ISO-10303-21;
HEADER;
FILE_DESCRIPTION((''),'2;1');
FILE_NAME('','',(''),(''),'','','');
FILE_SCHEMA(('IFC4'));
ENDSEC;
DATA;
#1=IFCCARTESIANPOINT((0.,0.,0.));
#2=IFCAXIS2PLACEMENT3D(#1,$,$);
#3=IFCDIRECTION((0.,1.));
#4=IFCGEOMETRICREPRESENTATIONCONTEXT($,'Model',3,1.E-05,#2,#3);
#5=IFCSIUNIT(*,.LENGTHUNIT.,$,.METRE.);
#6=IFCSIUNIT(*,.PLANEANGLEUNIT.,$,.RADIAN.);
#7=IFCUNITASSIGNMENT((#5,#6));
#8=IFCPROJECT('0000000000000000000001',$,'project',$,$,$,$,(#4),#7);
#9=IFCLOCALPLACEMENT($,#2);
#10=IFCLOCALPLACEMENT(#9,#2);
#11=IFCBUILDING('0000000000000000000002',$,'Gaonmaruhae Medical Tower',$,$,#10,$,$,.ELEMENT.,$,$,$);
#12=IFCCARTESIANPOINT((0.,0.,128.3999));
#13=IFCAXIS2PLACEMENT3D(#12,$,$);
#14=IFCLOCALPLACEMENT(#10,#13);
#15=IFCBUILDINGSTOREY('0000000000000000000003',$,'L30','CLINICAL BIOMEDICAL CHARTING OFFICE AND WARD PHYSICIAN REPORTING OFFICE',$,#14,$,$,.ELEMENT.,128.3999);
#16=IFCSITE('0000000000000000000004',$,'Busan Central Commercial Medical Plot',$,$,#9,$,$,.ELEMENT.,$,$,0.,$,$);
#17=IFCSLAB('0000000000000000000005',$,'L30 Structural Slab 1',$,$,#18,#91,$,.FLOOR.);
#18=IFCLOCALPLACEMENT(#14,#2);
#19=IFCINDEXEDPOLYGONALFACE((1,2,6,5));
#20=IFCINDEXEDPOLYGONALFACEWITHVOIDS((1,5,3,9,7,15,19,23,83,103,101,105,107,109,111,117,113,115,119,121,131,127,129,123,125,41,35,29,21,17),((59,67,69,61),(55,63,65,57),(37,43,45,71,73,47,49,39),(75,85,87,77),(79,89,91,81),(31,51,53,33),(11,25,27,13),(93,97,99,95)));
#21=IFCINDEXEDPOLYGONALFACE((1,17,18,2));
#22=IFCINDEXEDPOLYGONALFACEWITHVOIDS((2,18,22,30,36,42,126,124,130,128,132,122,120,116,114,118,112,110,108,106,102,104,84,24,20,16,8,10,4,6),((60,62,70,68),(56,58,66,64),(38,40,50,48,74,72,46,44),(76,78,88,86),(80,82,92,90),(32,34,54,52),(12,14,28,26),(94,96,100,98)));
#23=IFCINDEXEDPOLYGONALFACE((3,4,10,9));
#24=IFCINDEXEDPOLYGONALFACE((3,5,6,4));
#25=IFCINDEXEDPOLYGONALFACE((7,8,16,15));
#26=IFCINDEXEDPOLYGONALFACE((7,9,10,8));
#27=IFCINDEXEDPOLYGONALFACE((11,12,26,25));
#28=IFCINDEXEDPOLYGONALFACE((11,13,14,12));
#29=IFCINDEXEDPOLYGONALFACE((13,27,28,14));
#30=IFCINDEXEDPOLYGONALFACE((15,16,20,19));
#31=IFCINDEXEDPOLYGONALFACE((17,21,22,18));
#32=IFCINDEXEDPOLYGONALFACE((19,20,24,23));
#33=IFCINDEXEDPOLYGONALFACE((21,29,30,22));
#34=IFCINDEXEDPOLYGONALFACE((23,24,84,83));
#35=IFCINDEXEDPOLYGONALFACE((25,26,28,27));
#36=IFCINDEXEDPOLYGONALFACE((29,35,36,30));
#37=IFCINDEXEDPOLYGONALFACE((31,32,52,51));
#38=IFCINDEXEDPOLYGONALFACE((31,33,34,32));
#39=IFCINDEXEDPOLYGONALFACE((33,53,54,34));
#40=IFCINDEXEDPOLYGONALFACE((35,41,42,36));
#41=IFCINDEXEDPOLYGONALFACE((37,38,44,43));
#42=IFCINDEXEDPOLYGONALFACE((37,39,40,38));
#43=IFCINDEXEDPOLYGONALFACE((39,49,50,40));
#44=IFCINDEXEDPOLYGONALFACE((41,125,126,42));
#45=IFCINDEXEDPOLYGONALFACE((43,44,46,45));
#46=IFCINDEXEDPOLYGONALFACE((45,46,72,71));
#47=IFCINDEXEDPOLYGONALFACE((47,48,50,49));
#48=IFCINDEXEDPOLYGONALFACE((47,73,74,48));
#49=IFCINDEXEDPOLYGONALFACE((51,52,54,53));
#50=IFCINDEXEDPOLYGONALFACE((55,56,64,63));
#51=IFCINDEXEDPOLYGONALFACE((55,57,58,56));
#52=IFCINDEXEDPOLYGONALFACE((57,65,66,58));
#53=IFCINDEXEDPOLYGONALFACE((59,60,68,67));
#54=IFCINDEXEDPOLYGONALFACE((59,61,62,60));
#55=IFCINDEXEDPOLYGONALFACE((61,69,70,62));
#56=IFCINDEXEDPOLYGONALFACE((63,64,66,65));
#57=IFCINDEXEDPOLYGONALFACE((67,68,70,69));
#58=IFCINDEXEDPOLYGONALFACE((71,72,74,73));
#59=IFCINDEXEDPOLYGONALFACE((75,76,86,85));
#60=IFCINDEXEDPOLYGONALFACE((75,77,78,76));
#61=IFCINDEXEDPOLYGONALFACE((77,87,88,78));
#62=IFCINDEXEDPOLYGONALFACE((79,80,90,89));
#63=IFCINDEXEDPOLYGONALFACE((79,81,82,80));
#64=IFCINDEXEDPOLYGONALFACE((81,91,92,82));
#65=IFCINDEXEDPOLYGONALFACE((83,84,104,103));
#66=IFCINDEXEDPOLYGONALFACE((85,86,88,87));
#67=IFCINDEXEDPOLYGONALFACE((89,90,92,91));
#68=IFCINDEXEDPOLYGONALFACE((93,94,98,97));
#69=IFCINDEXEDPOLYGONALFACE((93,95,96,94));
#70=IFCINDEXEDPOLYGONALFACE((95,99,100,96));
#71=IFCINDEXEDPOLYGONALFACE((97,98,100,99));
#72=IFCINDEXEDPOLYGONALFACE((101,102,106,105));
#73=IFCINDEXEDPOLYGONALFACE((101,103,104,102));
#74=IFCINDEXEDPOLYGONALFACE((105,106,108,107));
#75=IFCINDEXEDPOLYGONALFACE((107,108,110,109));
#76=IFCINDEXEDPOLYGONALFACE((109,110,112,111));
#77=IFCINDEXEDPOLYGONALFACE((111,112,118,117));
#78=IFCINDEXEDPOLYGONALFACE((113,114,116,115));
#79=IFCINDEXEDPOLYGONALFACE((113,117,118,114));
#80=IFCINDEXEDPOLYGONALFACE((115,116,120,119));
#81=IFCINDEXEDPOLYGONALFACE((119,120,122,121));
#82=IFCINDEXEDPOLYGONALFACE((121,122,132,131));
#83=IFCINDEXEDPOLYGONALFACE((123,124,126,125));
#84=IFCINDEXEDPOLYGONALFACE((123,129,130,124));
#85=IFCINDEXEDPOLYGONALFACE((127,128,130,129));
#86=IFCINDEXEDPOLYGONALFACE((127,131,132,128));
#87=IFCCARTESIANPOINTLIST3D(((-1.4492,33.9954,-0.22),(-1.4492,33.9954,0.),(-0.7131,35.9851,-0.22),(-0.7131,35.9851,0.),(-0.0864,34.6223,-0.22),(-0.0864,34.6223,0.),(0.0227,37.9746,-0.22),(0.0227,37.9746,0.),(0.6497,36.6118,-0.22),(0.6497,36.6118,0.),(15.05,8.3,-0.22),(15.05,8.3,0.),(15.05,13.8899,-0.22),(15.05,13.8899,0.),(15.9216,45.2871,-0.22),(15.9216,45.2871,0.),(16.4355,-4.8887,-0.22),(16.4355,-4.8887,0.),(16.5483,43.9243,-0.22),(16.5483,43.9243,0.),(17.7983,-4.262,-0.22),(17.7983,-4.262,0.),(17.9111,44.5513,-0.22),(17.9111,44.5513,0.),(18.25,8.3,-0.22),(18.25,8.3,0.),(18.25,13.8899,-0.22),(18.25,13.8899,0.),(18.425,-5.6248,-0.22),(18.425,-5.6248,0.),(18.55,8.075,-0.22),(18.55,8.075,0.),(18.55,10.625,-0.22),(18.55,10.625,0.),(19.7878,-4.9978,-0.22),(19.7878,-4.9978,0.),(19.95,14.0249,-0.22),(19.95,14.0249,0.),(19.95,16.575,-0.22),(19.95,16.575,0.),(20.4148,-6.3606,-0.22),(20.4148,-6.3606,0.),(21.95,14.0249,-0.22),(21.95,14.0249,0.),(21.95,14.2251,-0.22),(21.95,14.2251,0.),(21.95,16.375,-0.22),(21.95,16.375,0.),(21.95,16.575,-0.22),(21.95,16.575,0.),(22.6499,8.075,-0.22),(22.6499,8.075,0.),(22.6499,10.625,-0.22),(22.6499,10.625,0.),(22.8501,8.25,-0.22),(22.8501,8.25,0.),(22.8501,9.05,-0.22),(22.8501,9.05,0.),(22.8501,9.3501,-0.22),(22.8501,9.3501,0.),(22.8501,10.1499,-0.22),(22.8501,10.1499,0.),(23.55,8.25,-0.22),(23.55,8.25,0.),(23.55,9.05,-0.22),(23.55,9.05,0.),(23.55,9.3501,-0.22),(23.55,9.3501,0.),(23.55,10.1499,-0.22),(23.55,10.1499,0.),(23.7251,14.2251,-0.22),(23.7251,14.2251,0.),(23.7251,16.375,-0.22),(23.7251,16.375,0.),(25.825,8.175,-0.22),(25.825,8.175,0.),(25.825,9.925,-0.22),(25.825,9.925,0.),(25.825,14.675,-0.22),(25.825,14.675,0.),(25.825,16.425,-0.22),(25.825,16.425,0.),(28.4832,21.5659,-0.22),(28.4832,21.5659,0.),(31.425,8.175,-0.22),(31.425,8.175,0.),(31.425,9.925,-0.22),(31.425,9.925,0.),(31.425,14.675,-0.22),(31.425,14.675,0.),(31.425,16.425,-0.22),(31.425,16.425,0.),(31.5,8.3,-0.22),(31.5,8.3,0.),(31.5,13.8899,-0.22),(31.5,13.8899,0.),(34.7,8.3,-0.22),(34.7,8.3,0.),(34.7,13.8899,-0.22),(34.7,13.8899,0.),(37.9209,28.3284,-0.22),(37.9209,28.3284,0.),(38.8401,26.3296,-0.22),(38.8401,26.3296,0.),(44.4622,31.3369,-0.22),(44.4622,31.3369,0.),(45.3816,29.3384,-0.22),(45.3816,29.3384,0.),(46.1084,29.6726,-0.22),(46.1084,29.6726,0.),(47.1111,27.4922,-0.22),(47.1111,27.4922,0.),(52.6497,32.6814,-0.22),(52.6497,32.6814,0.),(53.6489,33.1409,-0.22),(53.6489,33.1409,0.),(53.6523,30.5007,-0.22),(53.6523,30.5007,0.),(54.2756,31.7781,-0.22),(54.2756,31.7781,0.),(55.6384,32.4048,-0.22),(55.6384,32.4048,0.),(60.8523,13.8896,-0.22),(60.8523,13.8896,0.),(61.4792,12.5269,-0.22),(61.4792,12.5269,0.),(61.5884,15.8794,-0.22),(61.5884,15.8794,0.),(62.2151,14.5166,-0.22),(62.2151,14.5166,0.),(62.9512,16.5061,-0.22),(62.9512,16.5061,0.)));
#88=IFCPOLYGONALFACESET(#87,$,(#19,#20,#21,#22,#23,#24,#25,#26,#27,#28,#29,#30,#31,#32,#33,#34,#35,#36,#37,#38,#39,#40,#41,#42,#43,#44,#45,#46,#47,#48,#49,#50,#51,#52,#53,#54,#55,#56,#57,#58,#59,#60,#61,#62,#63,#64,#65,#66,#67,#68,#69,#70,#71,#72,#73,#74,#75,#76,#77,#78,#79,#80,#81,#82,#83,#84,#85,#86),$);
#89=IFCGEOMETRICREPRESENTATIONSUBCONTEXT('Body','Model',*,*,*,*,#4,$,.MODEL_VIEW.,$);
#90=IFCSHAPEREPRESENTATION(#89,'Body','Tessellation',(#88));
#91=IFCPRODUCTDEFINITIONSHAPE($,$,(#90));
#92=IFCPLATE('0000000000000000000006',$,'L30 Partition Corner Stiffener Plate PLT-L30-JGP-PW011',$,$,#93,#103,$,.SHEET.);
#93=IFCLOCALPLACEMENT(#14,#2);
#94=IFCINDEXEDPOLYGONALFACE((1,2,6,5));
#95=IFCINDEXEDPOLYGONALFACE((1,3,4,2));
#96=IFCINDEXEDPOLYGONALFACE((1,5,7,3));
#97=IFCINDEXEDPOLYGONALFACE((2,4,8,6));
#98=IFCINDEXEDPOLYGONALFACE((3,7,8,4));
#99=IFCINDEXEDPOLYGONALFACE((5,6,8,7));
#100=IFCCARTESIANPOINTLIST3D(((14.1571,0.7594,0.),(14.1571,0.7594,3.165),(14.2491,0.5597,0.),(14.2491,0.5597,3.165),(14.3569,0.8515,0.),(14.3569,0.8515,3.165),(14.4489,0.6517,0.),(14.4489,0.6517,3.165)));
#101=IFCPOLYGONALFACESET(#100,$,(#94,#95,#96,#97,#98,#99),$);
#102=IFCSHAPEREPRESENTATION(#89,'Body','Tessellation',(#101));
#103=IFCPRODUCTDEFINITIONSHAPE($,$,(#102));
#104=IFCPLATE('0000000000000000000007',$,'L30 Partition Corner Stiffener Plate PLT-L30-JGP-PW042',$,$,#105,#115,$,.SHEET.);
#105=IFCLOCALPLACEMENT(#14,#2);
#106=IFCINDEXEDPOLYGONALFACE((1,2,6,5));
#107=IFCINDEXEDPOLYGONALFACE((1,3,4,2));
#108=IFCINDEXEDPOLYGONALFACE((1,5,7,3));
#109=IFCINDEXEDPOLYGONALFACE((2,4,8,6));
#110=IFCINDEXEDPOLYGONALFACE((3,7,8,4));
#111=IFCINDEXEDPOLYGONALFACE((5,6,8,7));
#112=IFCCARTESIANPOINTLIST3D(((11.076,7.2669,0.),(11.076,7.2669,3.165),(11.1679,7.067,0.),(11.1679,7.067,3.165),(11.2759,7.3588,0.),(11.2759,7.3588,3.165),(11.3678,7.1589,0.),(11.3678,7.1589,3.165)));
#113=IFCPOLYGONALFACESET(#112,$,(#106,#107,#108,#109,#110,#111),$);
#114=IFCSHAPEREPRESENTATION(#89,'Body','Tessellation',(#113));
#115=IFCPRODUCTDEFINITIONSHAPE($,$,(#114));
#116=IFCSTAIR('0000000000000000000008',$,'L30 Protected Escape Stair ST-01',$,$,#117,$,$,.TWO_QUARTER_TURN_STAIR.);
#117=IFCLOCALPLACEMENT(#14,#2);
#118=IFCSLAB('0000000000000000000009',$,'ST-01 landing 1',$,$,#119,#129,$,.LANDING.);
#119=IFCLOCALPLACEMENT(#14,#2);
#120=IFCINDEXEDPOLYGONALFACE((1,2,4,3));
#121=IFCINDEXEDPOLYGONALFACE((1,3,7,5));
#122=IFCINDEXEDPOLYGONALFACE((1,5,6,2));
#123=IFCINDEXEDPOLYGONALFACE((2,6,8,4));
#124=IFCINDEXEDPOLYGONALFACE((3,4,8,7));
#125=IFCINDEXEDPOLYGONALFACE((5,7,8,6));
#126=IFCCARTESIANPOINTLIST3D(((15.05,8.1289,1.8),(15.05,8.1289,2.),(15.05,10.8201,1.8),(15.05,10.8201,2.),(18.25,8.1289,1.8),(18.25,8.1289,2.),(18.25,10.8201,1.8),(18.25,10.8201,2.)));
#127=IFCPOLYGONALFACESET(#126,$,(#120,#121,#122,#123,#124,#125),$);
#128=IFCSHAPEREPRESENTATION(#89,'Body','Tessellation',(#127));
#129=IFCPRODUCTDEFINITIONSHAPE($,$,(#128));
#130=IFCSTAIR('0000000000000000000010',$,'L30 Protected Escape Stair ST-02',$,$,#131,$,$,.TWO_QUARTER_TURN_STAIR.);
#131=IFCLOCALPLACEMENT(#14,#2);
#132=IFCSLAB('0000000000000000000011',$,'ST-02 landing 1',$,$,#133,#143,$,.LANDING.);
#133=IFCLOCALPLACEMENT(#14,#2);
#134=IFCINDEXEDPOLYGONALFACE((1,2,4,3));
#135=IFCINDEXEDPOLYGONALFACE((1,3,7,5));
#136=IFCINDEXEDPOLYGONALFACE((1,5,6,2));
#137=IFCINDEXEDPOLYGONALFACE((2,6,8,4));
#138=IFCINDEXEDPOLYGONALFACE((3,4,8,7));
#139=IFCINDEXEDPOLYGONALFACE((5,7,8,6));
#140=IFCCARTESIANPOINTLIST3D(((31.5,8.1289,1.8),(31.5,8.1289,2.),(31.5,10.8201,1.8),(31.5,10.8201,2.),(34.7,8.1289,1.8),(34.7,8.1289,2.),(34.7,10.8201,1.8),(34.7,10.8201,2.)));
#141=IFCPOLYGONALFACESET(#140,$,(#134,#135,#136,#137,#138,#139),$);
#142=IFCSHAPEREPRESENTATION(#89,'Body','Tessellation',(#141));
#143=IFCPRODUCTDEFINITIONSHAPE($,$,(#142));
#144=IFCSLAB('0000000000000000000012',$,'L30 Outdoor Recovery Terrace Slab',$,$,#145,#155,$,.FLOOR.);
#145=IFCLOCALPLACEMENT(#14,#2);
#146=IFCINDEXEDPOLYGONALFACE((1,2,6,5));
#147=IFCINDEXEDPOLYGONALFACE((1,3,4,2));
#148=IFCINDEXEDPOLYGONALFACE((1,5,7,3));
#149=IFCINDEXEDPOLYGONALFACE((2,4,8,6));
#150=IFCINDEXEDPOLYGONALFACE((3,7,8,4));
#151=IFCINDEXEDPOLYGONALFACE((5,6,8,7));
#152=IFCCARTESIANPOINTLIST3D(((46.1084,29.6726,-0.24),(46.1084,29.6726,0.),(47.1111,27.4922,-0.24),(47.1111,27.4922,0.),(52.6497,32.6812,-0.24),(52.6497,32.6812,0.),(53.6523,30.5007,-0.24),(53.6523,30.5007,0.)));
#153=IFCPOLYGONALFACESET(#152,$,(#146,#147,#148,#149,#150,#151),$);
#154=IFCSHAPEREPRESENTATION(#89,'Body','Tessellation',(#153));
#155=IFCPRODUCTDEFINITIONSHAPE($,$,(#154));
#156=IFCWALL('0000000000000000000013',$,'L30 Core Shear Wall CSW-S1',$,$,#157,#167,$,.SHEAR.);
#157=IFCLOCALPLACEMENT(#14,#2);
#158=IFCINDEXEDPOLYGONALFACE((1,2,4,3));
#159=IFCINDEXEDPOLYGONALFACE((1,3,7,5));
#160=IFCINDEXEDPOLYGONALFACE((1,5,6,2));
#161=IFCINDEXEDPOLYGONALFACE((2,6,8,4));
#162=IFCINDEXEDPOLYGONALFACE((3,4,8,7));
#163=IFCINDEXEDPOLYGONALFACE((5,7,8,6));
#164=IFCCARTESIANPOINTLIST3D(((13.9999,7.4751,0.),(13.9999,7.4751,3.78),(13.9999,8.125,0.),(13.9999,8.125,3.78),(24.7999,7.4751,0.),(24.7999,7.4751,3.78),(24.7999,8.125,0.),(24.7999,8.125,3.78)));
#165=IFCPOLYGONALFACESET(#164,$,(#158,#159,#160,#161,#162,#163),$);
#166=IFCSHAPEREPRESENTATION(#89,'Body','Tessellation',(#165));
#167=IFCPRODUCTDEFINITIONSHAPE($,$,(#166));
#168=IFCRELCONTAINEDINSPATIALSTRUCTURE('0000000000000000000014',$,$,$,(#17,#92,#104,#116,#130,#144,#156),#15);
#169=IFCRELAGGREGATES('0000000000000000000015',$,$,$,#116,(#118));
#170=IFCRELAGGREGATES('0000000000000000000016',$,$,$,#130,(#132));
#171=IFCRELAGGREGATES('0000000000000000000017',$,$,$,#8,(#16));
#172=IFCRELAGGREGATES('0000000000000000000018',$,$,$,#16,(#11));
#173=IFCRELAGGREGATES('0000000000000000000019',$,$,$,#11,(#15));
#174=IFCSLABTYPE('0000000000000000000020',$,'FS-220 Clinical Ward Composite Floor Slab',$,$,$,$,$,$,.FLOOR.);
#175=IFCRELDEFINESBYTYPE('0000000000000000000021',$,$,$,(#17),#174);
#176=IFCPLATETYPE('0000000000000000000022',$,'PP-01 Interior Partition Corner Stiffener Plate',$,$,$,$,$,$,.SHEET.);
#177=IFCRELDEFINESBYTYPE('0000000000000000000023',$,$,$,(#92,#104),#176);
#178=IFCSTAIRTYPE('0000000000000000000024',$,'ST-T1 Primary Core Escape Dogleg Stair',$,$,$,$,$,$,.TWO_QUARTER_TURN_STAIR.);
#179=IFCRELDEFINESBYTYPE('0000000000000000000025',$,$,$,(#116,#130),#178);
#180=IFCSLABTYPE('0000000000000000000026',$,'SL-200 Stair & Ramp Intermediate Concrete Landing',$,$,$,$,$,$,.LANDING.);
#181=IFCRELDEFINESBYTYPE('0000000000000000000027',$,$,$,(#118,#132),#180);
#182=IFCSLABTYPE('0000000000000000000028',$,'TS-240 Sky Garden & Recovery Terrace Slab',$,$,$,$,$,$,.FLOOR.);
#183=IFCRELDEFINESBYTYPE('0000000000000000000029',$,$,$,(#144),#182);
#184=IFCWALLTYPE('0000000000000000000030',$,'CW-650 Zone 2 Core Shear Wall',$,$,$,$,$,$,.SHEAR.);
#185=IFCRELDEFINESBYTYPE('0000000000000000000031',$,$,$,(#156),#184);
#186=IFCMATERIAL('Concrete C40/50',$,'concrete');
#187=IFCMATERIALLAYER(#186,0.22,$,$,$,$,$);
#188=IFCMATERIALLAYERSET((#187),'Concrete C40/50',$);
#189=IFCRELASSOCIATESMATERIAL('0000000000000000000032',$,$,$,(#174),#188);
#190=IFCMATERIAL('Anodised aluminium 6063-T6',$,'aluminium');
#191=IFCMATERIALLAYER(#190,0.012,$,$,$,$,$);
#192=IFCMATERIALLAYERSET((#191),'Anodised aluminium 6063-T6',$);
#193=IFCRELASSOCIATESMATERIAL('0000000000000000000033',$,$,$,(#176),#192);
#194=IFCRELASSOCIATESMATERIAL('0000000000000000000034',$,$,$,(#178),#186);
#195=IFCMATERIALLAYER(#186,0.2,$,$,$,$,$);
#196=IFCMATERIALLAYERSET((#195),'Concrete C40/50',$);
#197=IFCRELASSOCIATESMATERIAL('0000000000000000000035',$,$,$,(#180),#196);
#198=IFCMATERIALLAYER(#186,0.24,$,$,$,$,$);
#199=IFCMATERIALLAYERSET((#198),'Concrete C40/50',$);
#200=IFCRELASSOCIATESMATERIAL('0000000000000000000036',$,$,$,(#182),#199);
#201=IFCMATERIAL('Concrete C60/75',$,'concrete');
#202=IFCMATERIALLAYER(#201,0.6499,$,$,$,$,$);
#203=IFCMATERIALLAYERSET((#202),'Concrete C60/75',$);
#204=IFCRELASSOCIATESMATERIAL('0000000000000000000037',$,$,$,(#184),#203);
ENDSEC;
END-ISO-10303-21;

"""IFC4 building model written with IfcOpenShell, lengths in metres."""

from ifc_helpers import new_model, si_unit, direction, frame, frame_2d, origin, origin_2d, place, context, subcontext, project, spatial, polyline, rectangle, outline, extrude, material, layer, layer_set, type_object, element, aggregate, save


model = new_model("IFC4")

# Units and contexts
model_context = context("Model", 3, precision=1e-05, world=origin(), true_north=direction((0.0, 1.0)))
body_context = subcontext(model_context, "Body", "Model", "MODEL_VIEW")
ifc_project = project(units=[si_unit("LENGTHUNIT", "METRE"), si_unit("PLANEANGLEUNIT", "RADIAN")], contexts=[model_context])

# Site, building, storey
site_placement = place(None, origin())
site = spatial("IfcSite", under=ifc_project, at=site_placement, Name="Busan Central Commercial Medical Plot", CompositionType="ELEMENT", RefElevation=0.0)
building_placement = place(site_placement, origin())
building = spatial("IfcBuilding", under=site, at=building_placement, Name="Gaonmaruhae Medical Tower", CompositionType="ELEMENT")
storey_placement = place(building_placement, frame((0.0, 0.0, 128.3999)))
storey = spatial("IfcBuildingStorey", under=building, at=storey_placement, Name="L30", Description="CLINICAL BIOMEDICAL CHARTING OFFICE AND WARD PHYSICIAN REPORTING OFFICE", CompositionType="ELEMENT", Elevation=128.3999)

# Shared definitions
ifc_material_1 = material(Name="Concrete C60/75", Category="concrete")

# Slab
ifc_material_2 = material(Name="Concrete C40/50", Category="concrete")
ifc_layer_1 = layer(ifc_material_2, 0.22)
ifc_layer_set_1 = layer_set([ifc_layer_1], Name="Concrete C40/50")
slab_type_1 = type_object("IfcSlabType", Name="FS-220 Clinical Ward Composite Floor Slab", PredefinedType="FLOOR", material=ifc_layer_set_1)
slab_1_placement = place(storey_placement, frame((0.0, 0.0, -0.22)))
element("IfcSlab", 1, at=slab_1_placement, inside=storey, type_object=slab_type_1, Name="L30 Structural Slab 1", PredefinedType="FLOOR", context=body_context, shape_type="SweptSolid", body=[
    extrude(outline(polyline([(54.2756, 31.7781), (55.6384, 32.4048), (62.9512, 16.5061), (61.5884, 15.8794), (62.2151, 14.5166), (60.8523, 13.8896), (61.4792, 12.5269), (20.4148, -6.3606), (19.7878, -4.9978), (18.425, -5.6248), (17.7983, -4.262), (16.4355, -4.8887), (-1.4492, 33.9954), (-0.0864, 34.6223), (-0.7131, 35.9851), (0.6497, 36.6118), (0.0227, 37.9746), (15.9216, 45.2871), (16.5483, 43.9243), (17.9111, 44.5513), (28.4832, 21.5659), (38.8401, 26.3296), (37.9209, 28.3284), (44.4622, 31.3369), (45.3816, 29.3384), (46.1084, 29.6726), (47.1111, 27.4922), (53.6523, 30.5007), (52.6497, 32.6814), (53.6489, 33.1409), (54.2756, 31.7781)]), holes=[polyline([(23.55, 8.25), (22.8501, 8.25), (22.8501, 9.05), (23.55, 9.05), (23.55, 8.25)]), polyline([(25.825, 9.925), (31.425, 9.925), (31.425, 8.175), (25.825, 8.175), (25.825, 9.925)]), polyline([(22.6499, 10.625), (22.6499, 8.075), (18.55, 8.075), (18.55, 10.625), (22.6499, 10.625)]), polyline([(23.55, 9.3501), (22.8501, 9.3501), (22.8501, 10.1499), (23.55, 10.1499), (23.55, 9.3501)]), polyline([(15.05, 13.8899), (18.25, 13.8899), (18.25, 8.3), (15.05, 8.3), (15.05, 13.8899)]), polyline([(31.5, 13.8899), (34.7, 13.8899), (34.7, 8.3), (31.5, 8.3), (31.5, 13.8899)]), polyline([(21.95, 14.2251), (21.95, 14.0249), (19.95, 14.0249), (19.95, 16.575), (21.95, 16.575), (21.95, 16.375), (23.7251, 16.375), (23.7251, 14.2251), (21.95, 14.2251)]), polyline([(25.825, 16.425), (31.425, 16.425), (31.425, 14.675), (25.825, 14.675), (25.825, 16.425)])]), origin(), (0.0, 0.0, 1.0), 0.22),
])

# Plates
ifc_material_3 = material(Name="Anodised aluminium 6063-T6", Category="aluminium")
ifc_layer_2 = layer(ifc_material_3, 0.012)
ifc_layer_set_2 = layer_set([ifc_layer_2], Name="Anodised aluminium 6063-T6")
plate_type = type_object("IfcPlateType", Name="PP-01 Interior Partition Corner Stiffener Plate", PredefinedType="SHEET", material=ifc_layer_set_2)
for number, where, z_axis, x_axis, name in (
    (2, (14.303, 0.7056, 0.0), (0.0, 0.0, 1.0), (-0.418406, 0.90826, 0.0), "L30 Partition Corner Stiffener Plate PLT-L30-JGP-PW011"),
    (3, (11.2219, 7.2129, 0.0), (0.0, 0.0, 1.0), (-0.417772, 0.908552, 0.0), "L30 Partition Corner Stiffener Plate PLT-L30-JGP-PW042"),
):
    element("IfcPlate", number, at=place(storey_placement, frame(where, z_axis=z_axis, x_axis=x_axis)), inside=storey, type_object=plate_type, Name=name, PredefinedType="SHEET", context=body_context, shape_type="SweptSolid", body=[
        extrude(rectangle(XDim=0.22, YDim=0.22, at=origin_2d()), origin(), (0.0, 0.0, 1.0), 3.165),
    ])

# Stairs, slabs
stair_type = type_object("IfcStairType", Name="ST-T1 Primary Core Escape Dogleg Stair", PredefinedType="TWO_QUARTER_TURN_STAIR", material=ifc_material_2)
stair_1_placement = place(storey_placement, origin())
stair_1 = element("IfcStair", 4, at=stair_1_placement, inside=storey, type_object=stair_type, Name="L30 Protected Escape Stair ST-01", PredefinedType="TWO_QUARTER_TURN_STAIR")
ifc_layer_3 = layer(ifc_material_2, 0.2)
ifc_layer_set_3 = layer_set([ifc_layer_3], Name="Concrete C40/50")
slab_type_2 = type_object("IfcSlabType", Name="SL-200 Stair & Ramp Intermediate Concrete Landing", PredefinedType="LANDING", material=ifc_layer_set_3)
slab_2_placement = place(storey_placement, frame((0.0, 0.0, 1.8)))
slab_2 = element("IfcSlab", 5, at=slab_2_placement, type_object=slab_type_2, Name="ST-01 landing 1", PredefinedType="LANDING", context=body_context, shape_type="SweptSolid", body=[
    extrude(outline(polyline([(15.05, 10.8201), (15.05, 8.1289), (18.25, 8.1289), (18.25, 10.8201), (15.05, 10.8201)])), origin(), (0.0, 0.0, 1.0), 0.2),
])
aggregate(stair_1, [slab_2])
stair_2_placement = place(storey_placement, origin())
stair_2 = element("IfcStair", 6, at=stair_2_placement, inside=storey, type_object=stair_type, Name="L30 Protected Escape Stair ST-02", PredefinedType="TWO_QUARTER_TURN_STAIR")
slab_3_placement = place(storey_placement, frame((0.0, 0.0, 1.8)))
slab_3 = element("IfcSlab", 7, at=slab_3_placement, type_object=slab_type_2, Name="ST-02 landing 1", PredefinedType="LANDING", context=body_context, shape_type="SweptSolid", body=[
    extrude(outline(polyline([(31.5, 10.8201), (31.5, 8.1289), (34.7, 8.1289), (34.7, 10.8201), (31.5, 10.8201)])), origin(), (0.0, 0.0, 1.0), 0.2),
])
aggregate(stair_2, [slab_3])

# Slab
ifc_layer_4 = layer(ifc_material_2, 0.24)
ifc_layer_set_4 = layer_set([ifc_layer_4], Name="Concrete C40/50")
slab_type_3 = type_object("IfcSlabType", Name="TS-240 Sky Garden & Recovery Terrace Slab", PredefinedType="FLOOR", material=ifc_layer_set_4)
slab_4_placement = place(storey_placement, frame((0.0, 0.0, -0.24)))
element("IfcSlab", 8, at=slab_4_placement, inside=storey, type_object=slab_type_3, Name="L30 Outdoor Recovery Terrace Slab", PredefinedType="FLOOR", context=body_context, shape_type="SweptSolid", body=[
    extrude(outline(polyline([(47.1111, 27.4922), (53.6523, 30.5007), (52.6497, 32.6812), (46.1084, 29.6726), (47.1111, 27.4922)])), origin(), (0.0, 0.0, 1.0), 0.24),
])

# Wall
ifc_layer_5 = layer(ifc_material_1, 0.6499)
ifc_layer_set_5 = layer_set([ifc_layer_5], Name="Concrete C60/75")
wall_type_1 = type_object("IfcWallType", Name="CW-650 Zone 2 Core Shear Wall", PredefinedType="SHEAR", material=ifc_layer_set_5)
wall_1_placement = place(storey_placement, frame((14.0, 7.8, 0.0), z_axis=(0.0, 0.0, 1.0), x_axis=(1.0, 0.0, 0.0)))
element("IfcWall", 9, at=wall_1_placement, inside=storey, type_object=wall_type_1, Name="L30 Core Shear Wall CSW-S1", PredefinedType="SHEAR", context=body_context, shape_type="SweptSolid", body=[
    extrude(rectangle(XDim=10.8, YDim=0.6499, at=frame_2d((5.3999, 0.0))), origin(), (0.0, 0.0, 1.0), 3.78),
])

save(model, "model.ifc")
